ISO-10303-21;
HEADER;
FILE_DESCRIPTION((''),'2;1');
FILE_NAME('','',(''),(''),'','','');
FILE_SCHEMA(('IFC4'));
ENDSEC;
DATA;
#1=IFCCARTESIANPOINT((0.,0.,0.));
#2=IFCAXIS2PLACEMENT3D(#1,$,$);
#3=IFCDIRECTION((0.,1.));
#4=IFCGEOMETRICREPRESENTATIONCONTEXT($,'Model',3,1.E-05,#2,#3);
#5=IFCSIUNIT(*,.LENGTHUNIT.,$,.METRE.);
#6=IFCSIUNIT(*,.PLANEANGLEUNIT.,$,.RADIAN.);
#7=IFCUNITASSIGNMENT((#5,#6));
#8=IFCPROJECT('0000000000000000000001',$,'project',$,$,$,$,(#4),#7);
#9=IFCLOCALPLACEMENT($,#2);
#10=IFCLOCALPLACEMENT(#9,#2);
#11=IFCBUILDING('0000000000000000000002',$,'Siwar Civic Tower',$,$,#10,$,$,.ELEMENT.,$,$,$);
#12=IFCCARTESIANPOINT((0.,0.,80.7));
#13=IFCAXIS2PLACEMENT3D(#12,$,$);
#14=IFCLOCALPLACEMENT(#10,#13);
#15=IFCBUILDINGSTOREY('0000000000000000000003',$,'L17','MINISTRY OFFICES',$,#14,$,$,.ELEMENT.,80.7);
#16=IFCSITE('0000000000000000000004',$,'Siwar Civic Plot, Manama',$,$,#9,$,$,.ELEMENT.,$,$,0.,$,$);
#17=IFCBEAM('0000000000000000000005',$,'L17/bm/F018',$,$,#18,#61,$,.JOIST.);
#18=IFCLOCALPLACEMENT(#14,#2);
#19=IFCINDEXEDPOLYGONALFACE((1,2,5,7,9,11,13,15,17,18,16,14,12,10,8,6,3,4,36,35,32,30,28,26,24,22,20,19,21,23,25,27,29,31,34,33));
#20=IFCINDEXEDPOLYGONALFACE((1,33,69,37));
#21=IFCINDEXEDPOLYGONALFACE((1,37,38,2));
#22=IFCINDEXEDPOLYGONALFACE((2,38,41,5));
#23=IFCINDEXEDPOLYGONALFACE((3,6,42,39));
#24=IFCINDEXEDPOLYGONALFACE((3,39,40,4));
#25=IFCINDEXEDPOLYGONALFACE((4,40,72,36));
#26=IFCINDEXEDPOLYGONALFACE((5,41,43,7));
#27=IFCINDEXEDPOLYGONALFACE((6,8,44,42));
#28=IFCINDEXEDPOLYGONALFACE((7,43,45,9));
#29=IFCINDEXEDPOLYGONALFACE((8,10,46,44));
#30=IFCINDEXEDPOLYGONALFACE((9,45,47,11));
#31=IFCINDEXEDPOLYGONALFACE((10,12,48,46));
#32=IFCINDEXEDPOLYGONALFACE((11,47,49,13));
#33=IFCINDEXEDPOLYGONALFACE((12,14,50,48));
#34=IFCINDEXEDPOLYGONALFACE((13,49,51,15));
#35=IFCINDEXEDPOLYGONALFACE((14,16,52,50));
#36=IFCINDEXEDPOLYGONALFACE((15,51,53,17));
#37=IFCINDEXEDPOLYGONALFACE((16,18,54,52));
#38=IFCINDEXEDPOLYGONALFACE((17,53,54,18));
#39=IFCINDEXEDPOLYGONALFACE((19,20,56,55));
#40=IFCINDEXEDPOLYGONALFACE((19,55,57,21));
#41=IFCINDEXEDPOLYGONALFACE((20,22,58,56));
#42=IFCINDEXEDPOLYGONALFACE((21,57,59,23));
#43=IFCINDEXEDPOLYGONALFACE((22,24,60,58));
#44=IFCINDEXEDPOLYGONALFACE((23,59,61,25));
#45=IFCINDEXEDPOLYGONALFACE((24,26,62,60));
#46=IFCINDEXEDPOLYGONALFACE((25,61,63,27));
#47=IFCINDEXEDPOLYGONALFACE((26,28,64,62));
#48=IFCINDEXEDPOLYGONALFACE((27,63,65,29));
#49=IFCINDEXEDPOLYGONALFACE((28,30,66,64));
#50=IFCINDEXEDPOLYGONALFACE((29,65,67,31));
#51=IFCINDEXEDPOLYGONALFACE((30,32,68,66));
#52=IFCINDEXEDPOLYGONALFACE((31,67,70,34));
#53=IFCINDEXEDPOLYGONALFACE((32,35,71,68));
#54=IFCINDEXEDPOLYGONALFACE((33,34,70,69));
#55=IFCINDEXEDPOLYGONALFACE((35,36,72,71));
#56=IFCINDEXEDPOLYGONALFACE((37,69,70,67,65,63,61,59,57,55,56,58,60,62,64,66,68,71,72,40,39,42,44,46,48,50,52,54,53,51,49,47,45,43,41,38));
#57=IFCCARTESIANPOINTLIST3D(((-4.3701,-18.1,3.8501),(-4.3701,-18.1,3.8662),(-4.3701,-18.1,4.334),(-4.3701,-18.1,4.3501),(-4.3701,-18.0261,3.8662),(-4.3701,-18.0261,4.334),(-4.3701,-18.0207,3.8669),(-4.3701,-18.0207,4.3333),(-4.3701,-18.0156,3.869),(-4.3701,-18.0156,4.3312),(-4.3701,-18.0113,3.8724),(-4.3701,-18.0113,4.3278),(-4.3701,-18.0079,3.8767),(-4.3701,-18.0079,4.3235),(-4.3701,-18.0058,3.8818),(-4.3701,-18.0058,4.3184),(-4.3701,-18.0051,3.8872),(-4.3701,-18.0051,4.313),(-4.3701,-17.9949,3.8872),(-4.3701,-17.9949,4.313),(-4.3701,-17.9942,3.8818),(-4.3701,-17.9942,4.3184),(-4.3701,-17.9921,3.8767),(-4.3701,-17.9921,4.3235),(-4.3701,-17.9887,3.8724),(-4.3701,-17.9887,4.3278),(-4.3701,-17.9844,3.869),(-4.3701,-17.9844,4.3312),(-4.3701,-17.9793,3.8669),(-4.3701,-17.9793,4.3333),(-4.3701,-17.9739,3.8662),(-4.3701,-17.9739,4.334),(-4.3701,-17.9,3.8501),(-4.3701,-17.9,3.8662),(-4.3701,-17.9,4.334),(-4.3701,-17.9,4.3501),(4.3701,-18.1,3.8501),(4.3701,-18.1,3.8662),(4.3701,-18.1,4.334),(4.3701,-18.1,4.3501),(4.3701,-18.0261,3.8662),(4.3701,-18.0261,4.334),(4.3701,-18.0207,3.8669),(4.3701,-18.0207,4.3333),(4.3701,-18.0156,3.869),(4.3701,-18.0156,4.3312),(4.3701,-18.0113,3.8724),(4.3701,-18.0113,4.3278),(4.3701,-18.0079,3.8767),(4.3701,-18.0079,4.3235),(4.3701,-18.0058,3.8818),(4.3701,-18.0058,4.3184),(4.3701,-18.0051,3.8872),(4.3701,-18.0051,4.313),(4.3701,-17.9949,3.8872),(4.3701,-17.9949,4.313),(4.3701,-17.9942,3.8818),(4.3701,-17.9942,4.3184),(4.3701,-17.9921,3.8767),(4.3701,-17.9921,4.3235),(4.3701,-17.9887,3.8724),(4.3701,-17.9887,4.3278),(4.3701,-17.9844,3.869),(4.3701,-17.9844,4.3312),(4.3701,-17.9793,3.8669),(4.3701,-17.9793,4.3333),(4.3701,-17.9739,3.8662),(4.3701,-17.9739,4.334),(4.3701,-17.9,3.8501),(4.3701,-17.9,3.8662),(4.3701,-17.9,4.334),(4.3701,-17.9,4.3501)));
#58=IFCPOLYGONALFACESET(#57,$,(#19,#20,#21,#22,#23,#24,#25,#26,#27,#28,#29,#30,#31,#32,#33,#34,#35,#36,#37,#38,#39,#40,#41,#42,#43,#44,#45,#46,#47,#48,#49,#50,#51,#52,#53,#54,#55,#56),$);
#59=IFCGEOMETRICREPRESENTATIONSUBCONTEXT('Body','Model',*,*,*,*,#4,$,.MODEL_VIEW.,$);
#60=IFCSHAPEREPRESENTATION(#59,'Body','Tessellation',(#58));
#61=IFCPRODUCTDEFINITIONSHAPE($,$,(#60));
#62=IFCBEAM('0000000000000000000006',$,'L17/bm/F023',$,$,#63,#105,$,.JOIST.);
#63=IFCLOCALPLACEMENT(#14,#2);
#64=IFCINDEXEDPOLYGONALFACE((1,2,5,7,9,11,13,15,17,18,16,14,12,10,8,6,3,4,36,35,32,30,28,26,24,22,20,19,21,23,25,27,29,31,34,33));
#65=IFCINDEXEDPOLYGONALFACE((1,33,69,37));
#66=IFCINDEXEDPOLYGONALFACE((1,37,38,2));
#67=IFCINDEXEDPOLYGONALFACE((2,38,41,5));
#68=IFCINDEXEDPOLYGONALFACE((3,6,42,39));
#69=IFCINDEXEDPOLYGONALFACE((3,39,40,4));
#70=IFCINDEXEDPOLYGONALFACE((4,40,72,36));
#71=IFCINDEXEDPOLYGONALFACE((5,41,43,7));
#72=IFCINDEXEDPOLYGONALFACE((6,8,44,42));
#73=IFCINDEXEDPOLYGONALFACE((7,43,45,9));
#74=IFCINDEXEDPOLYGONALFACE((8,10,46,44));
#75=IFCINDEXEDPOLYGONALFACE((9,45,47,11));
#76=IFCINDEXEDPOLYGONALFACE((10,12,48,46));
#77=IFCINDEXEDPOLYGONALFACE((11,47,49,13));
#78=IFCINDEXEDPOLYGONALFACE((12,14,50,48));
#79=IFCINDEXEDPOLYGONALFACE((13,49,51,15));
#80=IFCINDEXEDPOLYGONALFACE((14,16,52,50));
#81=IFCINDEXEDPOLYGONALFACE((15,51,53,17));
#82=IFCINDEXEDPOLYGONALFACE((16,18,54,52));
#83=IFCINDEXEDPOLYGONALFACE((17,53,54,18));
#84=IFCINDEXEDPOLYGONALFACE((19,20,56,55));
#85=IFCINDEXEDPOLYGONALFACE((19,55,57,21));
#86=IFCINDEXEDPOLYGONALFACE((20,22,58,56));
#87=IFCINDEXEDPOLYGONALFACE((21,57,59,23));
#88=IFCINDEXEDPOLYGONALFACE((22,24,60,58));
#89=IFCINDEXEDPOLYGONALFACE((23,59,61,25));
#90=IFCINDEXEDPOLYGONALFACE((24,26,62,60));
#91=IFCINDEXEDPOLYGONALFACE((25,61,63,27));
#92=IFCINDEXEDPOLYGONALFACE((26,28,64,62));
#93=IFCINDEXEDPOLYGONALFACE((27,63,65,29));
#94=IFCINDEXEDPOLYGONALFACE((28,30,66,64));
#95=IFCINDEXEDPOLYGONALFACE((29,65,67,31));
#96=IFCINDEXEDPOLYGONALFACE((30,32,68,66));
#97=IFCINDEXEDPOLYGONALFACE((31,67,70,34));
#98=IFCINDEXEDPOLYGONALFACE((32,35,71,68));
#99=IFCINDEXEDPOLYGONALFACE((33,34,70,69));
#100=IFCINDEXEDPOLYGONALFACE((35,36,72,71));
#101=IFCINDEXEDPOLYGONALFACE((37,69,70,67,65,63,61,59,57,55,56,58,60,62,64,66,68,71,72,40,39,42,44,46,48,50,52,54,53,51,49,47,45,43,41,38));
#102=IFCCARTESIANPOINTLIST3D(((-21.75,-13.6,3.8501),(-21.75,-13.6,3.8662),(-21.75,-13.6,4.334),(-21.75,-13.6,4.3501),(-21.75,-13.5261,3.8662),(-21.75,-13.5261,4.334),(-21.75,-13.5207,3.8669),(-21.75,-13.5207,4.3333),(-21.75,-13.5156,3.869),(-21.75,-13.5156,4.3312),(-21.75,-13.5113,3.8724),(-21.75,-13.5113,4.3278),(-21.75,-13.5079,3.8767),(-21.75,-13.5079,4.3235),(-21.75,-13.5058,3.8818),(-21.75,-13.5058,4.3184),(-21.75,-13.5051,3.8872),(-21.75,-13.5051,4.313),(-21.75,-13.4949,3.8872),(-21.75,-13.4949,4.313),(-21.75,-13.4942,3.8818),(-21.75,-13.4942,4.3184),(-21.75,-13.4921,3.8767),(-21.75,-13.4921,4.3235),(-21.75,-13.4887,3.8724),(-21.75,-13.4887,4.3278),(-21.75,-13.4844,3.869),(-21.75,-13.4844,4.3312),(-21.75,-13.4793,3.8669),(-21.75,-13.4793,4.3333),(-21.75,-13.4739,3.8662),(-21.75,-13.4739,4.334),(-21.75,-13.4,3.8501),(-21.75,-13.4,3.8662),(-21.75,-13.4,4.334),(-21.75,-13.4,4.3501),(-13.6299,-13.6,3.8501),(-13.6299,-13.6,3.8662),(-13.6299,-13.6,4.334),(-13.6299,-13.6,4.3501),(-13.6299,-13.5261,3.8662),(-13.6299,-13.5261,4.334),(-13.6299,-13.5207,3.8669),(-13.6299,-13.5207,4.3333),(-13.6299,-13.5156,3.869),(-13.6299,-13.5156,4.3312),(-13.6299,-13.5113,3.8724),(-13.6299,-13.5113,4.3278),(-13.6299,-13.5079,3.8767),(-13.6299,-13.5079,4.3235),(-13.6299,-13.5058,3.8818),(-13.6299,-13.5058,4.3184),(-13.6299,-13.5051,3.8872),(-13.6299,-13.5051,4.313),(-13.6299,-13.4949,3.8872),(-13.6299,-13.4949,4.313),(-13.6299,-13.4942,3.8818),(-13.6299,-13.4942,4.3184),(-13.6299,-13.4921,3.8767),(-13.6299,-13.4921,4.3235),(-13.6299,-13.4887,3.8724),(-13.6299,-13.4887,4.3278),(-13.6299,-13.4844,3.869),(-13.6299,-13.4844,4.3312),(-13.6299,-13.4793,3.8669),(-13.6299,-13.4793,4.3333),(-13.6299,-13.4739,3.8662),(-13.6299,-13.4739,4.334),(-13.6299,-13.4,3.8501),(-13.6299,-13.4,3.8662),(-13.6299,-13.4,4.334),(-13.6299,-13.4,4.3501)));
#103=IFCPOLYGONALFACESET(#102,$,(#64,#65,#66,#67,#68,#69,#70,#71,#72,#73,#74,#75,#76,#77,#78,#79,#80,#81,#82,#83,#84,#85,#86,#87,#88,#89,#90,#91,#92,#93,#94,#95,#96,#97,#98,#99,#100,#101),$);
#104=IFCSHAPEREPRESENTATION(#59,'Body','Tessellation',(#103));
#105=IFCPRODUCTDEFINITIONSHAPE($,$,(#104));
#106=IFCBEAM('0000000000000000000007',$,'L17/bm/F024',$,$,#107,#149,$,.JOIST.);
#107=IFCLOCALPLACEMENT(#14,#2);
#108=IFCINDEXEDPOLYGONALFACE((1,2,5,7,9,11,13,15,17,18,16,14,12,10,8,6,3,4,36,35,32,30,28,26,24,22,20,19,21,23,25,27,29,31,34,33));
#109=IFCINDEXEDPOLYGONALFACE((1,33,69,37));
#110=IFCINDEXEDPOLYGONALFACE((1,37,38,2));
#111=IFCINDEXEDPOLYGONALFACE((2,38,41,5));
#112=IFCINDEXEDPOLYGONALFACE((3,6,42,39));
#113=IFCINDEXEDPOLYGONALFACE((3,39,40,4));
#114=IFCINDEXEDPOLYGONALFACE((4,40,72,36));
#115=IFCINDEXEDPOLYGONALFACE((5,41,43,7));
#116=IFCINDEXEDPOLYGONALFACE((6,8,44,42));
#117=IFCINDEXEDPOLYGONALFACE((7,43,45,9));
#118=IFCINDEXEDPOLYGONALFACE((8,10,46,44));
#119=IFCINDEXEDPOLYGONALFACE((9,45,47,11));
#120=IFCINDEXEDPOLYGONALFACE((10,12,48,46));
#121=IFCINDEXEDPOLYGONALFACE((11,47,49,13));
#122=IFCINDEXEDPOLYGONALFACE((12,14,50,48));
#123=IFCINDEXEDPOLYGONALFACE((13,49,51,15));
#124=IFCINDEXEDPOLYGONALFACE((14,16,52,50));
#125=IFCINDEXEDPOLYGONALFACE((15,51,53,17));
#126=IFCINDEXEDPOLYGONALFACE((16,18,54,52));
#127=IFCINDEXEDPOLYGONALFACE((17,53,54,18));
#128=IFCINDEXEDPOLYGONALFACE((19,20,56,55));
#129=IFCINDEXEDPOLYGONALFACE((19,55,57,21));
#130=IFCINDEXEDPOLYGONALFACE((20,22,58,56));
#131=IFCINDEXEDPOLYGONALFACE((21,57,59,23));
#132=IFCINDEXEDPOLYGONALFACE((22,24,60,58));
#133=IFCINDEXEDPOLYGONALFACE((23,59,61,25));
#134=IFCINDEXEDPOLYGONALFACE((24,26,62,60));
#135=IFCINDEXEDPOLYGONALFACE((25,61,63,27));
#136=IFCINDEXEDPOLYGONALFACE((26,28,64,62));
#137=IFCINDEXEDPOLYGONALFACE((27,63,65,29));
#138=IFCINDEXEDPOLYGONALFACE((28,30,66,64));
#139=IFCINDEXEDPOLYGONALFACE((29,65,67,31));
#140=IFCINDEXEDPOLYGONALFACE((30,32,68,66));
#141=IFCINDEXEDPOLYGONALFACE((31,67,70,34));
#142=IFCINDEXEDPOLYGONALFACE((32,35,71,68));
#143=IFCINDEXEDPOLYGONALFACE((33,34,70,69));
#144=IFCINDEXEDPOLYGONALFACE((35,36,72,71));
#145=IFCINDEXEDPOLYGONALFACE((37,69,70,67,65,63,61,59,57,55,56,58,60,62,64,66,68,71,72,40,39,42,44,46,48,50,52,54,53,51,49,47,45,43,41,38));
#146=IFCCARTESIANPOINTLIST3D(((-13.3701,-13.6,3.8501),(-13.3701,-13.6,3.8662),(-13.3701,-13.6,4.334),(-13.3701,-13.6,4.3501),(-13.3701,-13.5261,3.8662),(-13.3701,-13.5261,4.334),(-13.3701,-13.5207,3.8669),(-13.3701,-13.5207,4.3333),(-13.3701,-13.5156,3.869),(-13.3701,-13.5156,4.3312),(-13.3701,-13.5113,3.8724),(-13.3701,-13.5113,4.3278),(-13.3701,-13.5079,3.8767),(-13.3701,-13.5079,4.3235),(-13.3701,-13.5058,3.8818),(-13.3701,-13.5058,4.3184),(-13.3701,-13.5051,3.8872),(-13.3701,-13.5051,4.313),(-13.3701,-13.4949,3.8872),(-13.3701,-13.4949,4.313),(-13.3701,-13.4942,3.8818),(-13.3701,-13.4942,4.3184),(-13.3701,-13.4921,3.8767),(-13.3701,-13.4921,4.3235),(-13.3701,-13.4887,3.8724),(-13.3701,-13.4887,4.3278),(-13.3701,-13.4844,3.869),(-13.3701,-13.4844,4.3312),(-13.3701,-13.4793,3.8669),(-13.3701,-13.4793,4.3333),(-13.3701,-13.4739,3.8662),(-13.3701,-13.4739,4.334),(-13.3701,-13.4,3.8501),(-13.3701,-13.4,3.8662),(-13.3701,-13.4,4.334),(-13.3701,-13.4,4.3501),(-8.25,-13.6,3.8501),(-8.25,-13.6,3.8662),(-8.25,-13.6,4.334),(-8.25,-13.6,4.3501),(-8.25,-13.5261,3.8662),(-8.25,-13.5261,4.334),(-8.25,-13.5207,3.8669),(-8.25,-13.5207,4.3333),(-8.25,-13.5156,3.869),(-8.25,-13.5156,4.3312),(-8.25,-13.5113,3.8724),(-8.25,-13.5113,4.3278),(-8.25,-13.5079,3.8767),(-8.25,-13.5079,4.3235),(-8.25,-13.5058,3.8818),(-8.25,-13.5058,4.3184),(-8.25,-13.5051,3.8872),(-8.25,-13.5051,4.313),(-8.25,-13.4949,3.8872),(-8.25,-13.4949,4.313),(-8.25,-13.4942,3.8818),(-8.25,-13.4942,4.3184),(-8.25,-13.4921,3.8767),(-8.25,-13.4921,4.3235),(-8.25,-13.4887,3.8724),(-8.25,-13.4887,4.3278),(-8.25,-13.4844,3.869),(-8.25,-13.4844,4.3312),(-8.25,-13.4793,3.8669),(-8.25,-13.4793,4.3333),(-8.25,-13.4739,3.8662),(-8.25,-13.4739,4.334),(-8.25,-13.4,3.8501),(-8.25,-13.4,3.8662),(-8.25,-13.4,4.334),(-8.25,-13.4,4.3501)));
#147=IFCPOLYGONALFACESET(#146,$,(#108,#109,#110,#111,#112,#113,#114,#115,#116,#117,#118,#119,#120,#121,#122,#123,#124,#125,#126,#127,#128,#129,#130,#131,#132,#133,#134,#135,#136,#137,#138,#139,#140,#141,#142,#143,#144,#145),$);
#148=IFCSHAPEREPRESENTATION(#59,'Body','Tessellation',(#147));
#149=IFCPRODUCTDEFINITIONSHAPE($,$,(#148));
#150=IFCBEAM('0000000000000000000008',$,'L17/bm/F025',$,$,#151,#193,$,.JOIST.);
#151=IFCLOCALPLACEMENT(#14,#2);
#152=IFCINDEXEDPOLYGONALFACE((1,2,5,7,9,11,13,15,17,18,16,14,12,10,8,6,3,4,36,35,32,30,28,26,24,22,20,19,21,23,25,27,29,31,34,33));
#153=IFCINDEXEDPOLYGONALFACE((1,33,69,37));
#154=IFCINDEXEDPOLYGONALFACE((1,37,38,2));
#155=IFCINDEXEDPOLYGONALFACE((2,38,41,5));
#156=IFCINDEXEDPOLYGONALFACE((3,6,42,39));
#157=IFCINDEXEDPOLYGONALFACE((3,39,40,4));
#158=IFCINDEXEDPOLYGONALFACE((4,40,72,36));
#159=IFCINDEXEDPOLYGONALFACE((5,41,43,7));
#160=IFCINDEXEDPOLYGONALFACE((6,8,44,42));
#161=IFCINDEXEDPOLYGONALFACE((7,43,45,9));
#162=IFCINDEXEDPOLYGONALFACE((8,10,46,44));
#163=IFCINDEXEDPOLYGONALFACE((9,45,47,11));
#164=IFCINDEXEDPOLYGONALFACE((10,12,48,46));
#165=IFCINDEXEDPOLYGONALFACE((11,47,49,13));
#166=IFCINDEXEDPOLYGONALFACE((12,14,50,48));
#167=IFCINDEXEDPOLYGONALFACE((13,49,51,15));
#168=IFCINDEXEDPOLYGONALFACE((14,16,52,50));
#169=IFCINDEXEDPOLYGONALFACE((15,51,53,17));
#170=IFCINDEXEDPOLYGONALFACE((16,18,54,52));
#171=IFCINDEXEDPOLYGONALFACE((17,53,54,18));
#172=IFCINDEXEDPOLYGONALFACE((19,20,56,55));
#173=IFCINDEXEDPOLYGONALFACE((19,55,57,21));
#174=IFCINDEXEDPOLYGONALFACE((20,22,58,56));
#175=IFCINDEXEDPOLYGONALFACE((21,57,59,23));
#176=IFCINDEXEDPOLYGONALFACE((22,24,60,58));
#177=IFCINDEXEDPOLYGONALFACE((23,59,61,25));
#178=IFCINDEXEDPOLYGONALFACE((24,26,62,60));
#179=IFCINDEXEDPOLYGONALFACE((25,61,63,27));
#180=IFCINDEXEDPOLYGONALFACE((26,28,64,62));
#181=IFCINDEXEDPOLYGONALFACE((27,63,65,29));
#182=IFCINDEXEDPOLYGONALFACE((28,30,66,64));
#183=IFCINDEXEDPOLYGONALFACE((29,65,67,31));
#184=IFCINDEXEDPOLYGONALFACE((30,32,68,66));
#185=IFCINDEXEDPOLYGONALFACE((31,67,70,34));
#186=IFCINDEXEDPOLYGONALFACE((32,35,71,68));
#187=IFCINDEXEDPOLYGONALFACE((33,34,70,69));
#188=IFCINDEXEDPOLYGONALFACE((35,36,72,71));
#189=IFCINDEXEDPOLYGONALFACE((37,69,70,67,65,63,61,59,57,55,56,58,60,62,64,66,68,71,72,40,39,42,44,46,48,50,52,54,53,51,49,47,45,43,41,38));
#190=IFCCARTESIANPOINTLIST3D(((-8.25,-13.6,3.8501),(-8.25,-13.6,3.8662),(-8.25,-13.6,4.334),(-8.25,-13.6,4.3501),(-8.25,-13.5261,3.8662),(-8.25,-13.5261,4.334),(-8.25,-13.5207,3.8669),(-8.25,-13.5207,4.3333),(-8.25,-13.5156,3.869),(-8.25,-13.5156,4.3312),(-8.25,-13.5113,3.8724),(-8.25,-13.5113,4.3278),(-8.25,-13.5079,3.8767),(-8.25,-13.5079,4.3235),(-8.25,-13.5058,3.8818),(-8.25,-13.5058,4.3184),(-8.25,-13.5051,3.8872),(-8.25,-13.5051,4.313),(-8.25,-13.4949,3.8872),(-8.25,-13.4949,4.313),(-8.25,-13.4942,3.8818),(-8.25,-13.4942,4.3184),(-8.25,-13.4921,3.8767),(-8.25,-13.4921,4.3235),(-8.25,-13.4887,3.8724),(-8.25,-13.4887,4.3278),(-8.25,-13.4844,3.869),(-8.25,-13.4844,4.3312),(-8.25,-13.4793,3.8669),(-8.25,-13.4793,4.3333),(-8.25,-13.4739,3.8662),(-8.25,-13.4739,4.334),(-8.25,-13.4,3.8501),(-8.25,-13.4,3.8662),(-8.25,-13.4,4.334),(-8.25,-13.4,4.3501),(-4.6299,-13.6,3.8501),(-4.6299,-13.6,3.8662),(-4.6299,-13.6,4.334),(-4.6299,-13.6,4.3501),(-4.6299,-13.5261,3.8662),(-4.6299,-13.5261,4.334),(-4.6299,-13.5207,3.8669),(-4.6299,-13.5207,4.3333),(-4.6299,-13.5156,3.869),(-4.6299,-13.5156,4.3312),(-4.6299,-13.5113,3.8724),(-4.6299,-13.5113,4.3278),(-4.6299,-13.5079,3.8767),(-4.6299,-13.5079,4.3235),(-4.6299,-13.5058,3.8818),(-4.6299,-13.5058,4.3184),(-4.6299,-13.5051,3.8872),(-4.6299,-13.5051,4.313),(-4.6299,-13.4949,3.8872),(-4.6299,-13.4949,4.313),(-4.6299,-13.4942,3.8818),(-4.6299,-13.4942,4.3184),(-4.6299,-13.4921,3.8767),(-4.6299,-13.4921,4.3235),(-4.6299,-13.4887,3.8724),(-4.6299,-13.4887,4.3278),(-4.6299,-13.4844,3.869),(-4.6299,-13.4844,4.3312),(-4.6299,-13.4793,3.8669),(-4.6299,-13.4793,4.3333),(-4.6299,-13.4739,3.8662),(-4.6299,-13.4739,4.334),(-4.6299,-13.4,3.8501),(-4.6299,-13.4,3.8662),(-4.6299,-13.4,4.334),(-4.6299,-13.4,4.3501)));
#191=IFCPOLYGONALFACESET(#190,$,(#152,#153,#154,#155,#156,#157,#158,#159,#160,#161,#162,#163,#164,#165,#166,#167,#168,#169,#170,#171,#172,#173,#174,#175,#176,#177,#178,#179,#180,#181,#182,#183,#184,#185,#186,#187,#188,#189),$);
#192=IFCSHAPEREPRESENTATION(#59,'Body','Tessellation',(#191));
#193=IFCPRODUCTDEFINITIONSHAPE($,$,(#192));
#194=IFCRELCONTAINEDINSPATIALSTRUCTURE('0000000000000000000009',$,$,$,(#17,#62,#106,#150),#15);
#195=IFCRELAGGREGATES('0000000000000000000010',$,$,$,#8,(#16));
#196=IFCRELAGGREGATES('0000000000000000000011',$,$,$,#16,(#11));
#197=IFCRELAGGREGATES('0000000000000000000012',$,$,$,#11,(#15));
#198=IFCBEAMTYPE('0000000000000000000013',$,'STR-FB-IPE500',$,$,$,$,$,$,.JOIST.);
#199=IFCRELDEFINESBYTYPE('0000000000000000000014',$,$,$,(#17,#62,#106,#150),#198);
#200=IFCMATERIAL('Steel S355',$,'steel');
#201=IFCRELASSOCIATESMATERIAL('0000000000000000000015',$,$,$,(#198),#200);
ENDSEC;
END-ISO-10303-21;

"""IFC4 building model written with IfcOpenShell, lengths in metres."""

from ifc_helpers import new_model, si_unit, direction, frame, origin, origin_2d, place, context, subcontext, project, spatial, i_section, extrude, material, material_profile, profile_set, type_object, element, save


model = new_model("IFC4")

# Units and contexts
model_context = context("Model", 3, precision=1e-05, world=origin(), true_north=direction((0.0, 1.0)))
body_context = subcontext(model_context, "Body", "Model", "MODEL_VIEW")
ifc_project = project(units=[si_unit("LENGTHUNIT", "METRE"), si_unit("PLANEANGLEUNIT", "RADIAN")], contexts=[model_context])

# Site, building, storey
site_placement = place(None, origin())
site = spatial("IfcSite", under=ifc_project, at=site_placement, Name="Siwar Civic Plot, Manama", CompositionType="ELEMENT", RefElevation=0.0)
building_placement = place(site_placement, origin())
building = spatial("IfcBuilding", under=site, at=building_placement, Name="Siwar Civic Tower", CompositionType="ELEMENT")
storey_placement = place(building_placement, frame((0.0, 0.0, 80.7)))
storey = spatial("IfcBuildingStorey", under=building, at=storey_placement, Name="L17", Description="MINISTRY OFFICES", CompositionType="ELEMENT", Elevation=80.7)

# Beams
ifc_material_1 = material(Name="Steel S355", Category="steel")
ifc_material_profile_1 = material_profile(ifc_material_1, i_section(OverallWidth=0.2, OverallDepth=0.5, WebThickness=0.0103, FlangeThickness=0.0161, FilletRadius=0.021, at=origin_2d()), Name="IPE500")
ifc_profile_set_1 = profile_set([ifc_material_profile_1], Name="Steel S355")
beam_type_1 = type_object("IfcBeamType", Name="STR-FB-IPE500", PredefinedType="JOIST", material=ifc_profile_set_1)
for number, where, z_axis, x_axis, name in (
    (1, (-4.3701, -18.0, 4.1001), (1.0, 0.0, 0.0), (0.0, 1.0, 0.0), "L17/bm/F018"),
):
    element("IfcBeam", number, at=place(storey_placement, frame(where, z_axis=z_axis, x_axis=x_axis)), inside=storey, type_object=beam_type_1, Name=name, PredefinedType="JOIST", context=body_context, shape_type="SweptSolid", body=[
        extrude(i_section(OverallWidth=0.2, OverallDepth=0.5, WebThickness=0.0103, FlangeThickness=0.0161, FilletRadius=0.021, at=origin_2d()), origin(), (0.0, 0.0, 1.0), 8.7402),
    ])
beam_1_placement = place(storey_placement, frame((-21.75, -13.5, 4.1001), z_axis=(1.0, 0.0, 0.0), x_axis=(0.0, 1.0, 0.0)))
element("IfcBeam", 2, at=beam_1_placement, inside=storey, type_object=beam_type_1, Name="L17/bm/F023", PredefinedType="JOIST", context=body_context, shape_type="SweptSolid", body=[
    extrude(i_section(OverallWidth=0.2, OverallDepth=0.5, WebThickness=0.0103, FlangeThickness=0.0161, FilletRadius=0.021, at=origin_2d()), origin(), (0.0, 0.0, 1.0), 8.1201),
])
beam_2_placement = place(storey_placement, frame((-13.3701, -13.5, 4.1001), z_axis=(1.0, 0.0, 0.0), x_axis=(0.0, 1.0, 0.0)))
element("IfcBeam", 3, at=beam_2_placement, inside=storey, type_object=beam_type_1, Name="L17/bm/F024", PredefinedType="JOIST", context=body_context, shape_type="SweptSolid", body=[
    extrude(i_section(OverallWidth=0.2, OverallDepth=0.5, WebThickness=0.0103, FlangeThickness=0.0161, FilletRadius=0.021, at=origin_2d()), origin(), (0.0, 0.0, 1.0), 5.1201),
])
beam_3_placement = place(storey_placement, frame((-8.25, -13.5, 4.1001), z_axis=(1.0, 0.0, 0.0), x_axis=(0.0, 1.0, 0.0)))
element("IfcBeam", 4, at=beam_3_placement, inside=storey, type_object=beam_type_1, Name="L17/bm/F025", PredefinedType="JOIST", context=body_context, shape_type="SweptSolid", body=[
    extrude(i_section(OverallWidth=0.2, OverallDepth=0.5, WebThickness=0.0103, FlangeThickness=0.0161, FilletRadius=0.021, at=origin_2d()), origin(), (0.0, 0.0, 1.0), 3.6201),
])

save(model, "model.ifc")
